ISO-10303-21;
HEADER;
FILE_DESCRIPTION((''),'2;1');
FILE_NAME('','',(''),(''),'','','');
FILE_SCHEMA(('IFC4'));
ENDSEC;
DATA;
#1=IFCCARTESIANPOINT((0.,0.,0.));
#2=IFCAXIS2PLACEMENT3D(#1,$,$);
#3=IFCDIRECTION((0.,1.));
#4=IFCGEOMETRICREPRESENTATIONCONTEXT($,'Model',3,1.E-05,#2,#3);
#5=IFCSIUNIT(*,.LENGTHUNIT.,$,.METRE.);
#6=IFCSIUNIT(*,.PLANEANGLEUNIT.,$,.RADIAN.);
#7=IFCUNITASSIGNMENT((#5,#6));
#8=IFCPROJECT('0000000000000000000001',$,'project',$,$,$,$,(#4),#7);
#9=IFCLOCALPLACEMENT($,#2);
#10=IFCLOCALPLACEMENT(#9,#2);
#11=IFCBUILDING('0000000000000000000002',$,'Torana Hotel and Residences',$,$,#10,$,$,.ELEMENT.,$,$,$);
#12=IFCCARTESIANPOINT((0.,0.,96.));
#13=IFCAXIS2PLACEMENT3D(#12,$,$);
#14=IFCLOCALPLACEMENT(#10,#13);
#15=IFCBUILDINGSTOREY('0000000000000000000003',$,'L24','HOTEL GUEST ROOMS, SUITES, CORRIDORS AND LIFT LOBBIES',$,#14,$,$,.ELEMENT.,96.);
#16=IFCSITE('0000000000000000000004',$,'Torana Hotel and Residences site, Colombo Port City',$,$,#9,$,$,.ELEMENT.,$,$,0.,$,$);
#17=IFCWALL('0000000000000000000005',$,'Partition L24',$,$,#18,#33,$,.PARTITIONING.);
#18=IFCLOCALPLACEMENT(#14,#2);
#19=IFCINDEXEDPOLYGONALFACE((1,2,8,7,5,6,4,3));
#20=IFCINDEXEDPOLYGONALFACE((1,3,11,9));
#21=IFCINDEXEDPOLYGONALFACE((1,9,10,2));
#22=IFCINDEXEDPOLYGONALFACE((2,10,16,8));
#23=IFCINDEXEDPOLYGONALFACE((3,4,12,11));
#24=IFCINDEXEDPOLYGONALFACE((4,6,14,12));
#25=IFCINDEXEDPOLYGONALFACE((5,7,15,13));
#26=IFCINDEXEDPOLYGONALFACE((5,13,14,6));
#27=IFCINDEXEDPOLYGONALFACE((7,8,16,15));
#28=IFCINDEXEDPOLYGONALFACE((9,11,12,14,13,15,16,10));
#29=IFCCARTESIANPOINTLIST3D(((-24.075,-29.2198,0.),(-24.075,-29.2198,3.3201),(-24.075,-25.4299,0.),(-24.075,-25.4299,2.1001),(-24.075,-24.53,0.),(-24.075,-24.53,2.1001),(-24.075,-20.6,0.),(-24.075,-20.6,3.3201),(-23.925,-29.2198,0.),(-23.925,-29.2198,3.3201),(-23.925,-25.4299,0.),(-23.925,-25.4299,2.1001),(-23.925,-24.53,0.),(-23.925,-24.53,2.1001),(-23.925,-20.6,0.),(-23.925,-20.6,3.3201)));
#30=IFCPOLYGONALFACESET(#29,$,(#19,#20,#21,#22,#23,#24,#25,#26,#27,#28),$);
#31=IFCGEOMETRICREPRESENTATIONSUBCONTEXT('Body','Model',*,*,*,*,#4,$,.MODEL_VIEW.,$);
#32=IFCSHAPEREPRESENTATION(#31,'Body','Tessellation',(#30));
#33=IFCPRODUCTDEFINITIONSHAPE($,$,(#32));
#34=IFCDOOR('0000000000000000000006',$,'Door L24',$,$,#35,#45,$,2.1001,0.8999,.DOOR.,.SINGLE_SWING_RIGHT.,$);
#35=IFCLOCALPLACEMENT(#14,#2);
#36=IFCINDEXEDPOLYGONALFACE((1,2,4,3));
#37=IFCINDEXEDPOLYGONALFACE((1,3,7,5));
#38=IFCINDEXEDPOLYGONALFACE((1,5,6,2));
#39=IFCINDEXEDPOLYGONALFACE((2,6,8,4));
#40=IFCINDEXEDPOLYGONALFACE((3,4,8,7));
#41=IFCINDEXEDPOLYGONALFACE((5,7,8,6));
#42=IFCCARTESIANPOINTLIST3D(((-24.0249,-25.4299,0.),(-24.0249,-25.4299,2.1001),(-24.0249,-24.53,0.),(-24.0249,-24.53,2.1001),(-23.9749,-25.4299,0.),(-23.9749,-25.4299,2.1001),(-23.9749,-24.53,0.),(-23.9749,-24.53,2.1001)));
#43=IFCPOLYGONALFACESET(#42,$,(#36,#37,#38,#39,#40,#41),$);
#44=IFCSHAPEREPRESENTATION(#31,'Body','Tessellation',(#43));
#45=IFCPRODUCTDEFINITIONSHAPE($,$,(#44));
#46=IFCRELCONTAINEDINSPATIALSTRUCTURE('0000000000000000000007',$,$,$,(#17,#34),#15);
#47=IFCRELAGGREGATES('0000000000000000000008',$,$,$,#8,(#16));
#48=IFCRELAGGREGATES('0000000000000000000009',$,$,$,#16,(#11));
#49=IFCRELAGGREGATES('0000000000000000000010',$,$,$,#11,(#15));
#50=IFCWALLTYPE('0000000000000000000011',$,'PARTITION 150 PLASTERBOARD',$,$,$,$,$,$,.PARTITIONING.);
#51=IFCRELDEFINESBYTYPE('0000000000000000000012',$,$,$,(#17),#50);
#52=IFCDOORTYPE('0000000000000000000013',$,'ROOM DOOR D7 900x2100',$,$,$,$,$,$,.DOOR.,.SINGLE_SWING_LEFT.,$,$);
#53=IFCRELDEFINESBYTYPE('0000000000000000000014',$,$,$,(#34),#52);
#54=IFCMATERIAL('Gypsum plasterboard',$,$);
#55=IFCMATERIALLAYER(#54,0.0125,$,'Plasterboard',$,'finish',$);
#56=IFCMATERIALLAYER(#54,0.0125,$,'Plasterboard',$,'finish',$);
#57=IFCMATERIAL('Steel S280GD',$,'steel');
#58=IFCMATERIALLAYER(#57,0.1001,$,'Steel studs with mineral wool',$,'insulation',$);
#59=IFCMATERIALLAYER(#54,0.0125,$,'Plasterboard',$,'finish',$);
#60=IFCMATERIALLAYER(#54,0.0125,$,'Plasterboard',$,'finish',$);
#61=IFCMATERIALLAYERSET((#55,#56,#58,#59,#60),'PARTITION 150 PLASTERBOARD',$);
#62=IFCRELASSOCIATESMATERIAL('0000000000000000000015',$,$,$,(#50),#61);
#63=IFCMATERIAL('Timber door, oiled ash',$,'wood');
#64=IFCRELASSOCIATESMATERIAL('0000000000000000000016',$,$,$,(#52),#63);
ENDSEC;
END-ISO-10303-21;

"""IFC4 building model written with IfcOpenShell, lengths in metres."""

from ifc_helpers import new_model, si_unit, direction, frame, frame_2d, origin, place, context, subcontext, project, spatial, rectangle, extrude, material, layer, layer_set, type_object, element, fill, save


model = new_model("IFC4")

# Units and contexts
model_context = context("Model", 3, precision=1e-05, world=origin(), true_north=direction((0.0, 1.0)))
body_context = subcontext(model_context, "Body", "Model", "MODEL_VIEW")
ifc_project = project(units=[si_unit("LENGTHUNIT", "METRE"), si_unit("PLANEANGLEUNIT", "RADIAN")], contexts=[model_context])

# Site, building, storey
site_placement = place(None, origin())
site = spatial("IfcSite", under=ifc_project, at=site_placement, Name="Torana Hotel and Residences site, Colombo Port City", CompositionType="ELEMENT", RefElevation=0.0)
building_placement = place(site_placement, origin())
building = spatial("IfcBuilding", under=site, at=building_placement, Name="Torana Hotel and Residences", CompositionType="ELEMENT")
storey_placement = place(building_placement, frame((0.0, 0.0, 96.0)))
storey = spatial("IfcBuildingStorey", under=building, at=storey_placement, Name="L24", Description="HOTEL GUEST ROOMS, SUITES, CORRIDORS AND LIFT LOBBIES", CompositionType="ELEMENT", Elevation=96.0)

# Shared definitions
ifc_material_1 = material(Name="Steel S280GD", Category="steel")

# Wall, opening, door
ifc_material_2 = material(Name="Gypsum plasterboard")
ifc_layer_1 = layer(ifc_material_2, 0.0125, Name="Plasterboard", Category="finish")
ifc_layer_2 = layer(ifc_material_2, 0.0125, Name="Plasterboard", Category="finish")
ifc_layer_3 = layer(ifc_material_1, 0.1001, Name="Steel studs with mineral wool", Category="insulation")
ifc_layer_4 = layer(ifc_material_2, 0.0125, Name="Plasterboard", Category="finish")
ifc_layer_5 = layer(ifc_material_2, 0.0125, Name="Plasterboard", Category="finish")
ifc_layer_set_1 = layer_set([ifc_layer_1, ifc_layer_2, ifc_layer_3, ifc_layer_4, ifc_layer_5], Name="PARTITION 150 PLASTERBOARD")
wall_type_1 = type_object("IfcWallType", Name="PARTITION 150 PLASTERBOARD", PredefinedType="PARTITIONING", material=ifc_layer_set_1)
wall_1_placement = place(storey_placement, frame((-24.0, -29.22, 0.0), z_axis=(0.0, 0.0, 1.0), x_axis=(0.0, 1.0, 0.0)))
wall_1 = element("IfcWall", 1, at=wall_1_placement, inside=storey, type_object=wall_type_1, Name="Partition L24", PredefinedType="PARTITIONING", context=body_context, shape_type="SweptSolid", body=[
    extrude(rectangle(XDim=8.6199, YDim=0.1499, at=frame_2d((4.3101, 0.0))), origin(), (0.0, 0.0, 1.0), 3.3201),
])
opening_1_placement = place(wall_1_placement, frame((3.79, 0.0, 0.0)))
opening_1 = element("IfcOpeningElement", 2, at=opening_1_placement, cuts=wall_1, PredefinedType="OPENING", context=body_context, shape_type="SweptSolid", body=[
    extrude(rectangle(XDim=0.8999, YDim=2.1001, at=frame_2d((0.45, 1.05))), frame((0.0, 0.085, 0.0), z_axis=(0.0, -1.0, 0.0), x_axis=(1.0, 0.0, 0.0)), (0.0, 0.0, 1.0), 0.1699),
])
ifc_material_3 = material(Name="Timber door, oiled ash", Category="wood")
door_type_1 = type_object("IfcDoorType", Name="ROOM DOOR D7 900x2100", OperationType="SINGLE_SWING_LEFT", PredefinedType="DOOR", material=ifc_material_3)
door_1_placement = place(opening_1_placement, origin())
door_1 = element("IfcDoor", 3, at=door_1_placement, inside=storey, type_object=door_type_1, Name="Door L24", OperationType="SINGLE_SWING_RIGHT", OverallHeight=2.1001, OverallWidth=0.8999, PredefinedType="DOOR", context=body_context, shape_type="SweptSolid", body=[
    extrude(rectangle(XDim=0.8999, YDim=2.1001, at=frame_2d((0.45, 1.05))), frame((0.0, 0.0249, 0.0), z_axis=(0.0, -1.0, 0.0), x_axis=(1.0, 0.0, 0.0)), (0.0, 0.0, 1.0), 0.05),
])
fill(opening_1, door_1)

save(model, "model.ifc")
